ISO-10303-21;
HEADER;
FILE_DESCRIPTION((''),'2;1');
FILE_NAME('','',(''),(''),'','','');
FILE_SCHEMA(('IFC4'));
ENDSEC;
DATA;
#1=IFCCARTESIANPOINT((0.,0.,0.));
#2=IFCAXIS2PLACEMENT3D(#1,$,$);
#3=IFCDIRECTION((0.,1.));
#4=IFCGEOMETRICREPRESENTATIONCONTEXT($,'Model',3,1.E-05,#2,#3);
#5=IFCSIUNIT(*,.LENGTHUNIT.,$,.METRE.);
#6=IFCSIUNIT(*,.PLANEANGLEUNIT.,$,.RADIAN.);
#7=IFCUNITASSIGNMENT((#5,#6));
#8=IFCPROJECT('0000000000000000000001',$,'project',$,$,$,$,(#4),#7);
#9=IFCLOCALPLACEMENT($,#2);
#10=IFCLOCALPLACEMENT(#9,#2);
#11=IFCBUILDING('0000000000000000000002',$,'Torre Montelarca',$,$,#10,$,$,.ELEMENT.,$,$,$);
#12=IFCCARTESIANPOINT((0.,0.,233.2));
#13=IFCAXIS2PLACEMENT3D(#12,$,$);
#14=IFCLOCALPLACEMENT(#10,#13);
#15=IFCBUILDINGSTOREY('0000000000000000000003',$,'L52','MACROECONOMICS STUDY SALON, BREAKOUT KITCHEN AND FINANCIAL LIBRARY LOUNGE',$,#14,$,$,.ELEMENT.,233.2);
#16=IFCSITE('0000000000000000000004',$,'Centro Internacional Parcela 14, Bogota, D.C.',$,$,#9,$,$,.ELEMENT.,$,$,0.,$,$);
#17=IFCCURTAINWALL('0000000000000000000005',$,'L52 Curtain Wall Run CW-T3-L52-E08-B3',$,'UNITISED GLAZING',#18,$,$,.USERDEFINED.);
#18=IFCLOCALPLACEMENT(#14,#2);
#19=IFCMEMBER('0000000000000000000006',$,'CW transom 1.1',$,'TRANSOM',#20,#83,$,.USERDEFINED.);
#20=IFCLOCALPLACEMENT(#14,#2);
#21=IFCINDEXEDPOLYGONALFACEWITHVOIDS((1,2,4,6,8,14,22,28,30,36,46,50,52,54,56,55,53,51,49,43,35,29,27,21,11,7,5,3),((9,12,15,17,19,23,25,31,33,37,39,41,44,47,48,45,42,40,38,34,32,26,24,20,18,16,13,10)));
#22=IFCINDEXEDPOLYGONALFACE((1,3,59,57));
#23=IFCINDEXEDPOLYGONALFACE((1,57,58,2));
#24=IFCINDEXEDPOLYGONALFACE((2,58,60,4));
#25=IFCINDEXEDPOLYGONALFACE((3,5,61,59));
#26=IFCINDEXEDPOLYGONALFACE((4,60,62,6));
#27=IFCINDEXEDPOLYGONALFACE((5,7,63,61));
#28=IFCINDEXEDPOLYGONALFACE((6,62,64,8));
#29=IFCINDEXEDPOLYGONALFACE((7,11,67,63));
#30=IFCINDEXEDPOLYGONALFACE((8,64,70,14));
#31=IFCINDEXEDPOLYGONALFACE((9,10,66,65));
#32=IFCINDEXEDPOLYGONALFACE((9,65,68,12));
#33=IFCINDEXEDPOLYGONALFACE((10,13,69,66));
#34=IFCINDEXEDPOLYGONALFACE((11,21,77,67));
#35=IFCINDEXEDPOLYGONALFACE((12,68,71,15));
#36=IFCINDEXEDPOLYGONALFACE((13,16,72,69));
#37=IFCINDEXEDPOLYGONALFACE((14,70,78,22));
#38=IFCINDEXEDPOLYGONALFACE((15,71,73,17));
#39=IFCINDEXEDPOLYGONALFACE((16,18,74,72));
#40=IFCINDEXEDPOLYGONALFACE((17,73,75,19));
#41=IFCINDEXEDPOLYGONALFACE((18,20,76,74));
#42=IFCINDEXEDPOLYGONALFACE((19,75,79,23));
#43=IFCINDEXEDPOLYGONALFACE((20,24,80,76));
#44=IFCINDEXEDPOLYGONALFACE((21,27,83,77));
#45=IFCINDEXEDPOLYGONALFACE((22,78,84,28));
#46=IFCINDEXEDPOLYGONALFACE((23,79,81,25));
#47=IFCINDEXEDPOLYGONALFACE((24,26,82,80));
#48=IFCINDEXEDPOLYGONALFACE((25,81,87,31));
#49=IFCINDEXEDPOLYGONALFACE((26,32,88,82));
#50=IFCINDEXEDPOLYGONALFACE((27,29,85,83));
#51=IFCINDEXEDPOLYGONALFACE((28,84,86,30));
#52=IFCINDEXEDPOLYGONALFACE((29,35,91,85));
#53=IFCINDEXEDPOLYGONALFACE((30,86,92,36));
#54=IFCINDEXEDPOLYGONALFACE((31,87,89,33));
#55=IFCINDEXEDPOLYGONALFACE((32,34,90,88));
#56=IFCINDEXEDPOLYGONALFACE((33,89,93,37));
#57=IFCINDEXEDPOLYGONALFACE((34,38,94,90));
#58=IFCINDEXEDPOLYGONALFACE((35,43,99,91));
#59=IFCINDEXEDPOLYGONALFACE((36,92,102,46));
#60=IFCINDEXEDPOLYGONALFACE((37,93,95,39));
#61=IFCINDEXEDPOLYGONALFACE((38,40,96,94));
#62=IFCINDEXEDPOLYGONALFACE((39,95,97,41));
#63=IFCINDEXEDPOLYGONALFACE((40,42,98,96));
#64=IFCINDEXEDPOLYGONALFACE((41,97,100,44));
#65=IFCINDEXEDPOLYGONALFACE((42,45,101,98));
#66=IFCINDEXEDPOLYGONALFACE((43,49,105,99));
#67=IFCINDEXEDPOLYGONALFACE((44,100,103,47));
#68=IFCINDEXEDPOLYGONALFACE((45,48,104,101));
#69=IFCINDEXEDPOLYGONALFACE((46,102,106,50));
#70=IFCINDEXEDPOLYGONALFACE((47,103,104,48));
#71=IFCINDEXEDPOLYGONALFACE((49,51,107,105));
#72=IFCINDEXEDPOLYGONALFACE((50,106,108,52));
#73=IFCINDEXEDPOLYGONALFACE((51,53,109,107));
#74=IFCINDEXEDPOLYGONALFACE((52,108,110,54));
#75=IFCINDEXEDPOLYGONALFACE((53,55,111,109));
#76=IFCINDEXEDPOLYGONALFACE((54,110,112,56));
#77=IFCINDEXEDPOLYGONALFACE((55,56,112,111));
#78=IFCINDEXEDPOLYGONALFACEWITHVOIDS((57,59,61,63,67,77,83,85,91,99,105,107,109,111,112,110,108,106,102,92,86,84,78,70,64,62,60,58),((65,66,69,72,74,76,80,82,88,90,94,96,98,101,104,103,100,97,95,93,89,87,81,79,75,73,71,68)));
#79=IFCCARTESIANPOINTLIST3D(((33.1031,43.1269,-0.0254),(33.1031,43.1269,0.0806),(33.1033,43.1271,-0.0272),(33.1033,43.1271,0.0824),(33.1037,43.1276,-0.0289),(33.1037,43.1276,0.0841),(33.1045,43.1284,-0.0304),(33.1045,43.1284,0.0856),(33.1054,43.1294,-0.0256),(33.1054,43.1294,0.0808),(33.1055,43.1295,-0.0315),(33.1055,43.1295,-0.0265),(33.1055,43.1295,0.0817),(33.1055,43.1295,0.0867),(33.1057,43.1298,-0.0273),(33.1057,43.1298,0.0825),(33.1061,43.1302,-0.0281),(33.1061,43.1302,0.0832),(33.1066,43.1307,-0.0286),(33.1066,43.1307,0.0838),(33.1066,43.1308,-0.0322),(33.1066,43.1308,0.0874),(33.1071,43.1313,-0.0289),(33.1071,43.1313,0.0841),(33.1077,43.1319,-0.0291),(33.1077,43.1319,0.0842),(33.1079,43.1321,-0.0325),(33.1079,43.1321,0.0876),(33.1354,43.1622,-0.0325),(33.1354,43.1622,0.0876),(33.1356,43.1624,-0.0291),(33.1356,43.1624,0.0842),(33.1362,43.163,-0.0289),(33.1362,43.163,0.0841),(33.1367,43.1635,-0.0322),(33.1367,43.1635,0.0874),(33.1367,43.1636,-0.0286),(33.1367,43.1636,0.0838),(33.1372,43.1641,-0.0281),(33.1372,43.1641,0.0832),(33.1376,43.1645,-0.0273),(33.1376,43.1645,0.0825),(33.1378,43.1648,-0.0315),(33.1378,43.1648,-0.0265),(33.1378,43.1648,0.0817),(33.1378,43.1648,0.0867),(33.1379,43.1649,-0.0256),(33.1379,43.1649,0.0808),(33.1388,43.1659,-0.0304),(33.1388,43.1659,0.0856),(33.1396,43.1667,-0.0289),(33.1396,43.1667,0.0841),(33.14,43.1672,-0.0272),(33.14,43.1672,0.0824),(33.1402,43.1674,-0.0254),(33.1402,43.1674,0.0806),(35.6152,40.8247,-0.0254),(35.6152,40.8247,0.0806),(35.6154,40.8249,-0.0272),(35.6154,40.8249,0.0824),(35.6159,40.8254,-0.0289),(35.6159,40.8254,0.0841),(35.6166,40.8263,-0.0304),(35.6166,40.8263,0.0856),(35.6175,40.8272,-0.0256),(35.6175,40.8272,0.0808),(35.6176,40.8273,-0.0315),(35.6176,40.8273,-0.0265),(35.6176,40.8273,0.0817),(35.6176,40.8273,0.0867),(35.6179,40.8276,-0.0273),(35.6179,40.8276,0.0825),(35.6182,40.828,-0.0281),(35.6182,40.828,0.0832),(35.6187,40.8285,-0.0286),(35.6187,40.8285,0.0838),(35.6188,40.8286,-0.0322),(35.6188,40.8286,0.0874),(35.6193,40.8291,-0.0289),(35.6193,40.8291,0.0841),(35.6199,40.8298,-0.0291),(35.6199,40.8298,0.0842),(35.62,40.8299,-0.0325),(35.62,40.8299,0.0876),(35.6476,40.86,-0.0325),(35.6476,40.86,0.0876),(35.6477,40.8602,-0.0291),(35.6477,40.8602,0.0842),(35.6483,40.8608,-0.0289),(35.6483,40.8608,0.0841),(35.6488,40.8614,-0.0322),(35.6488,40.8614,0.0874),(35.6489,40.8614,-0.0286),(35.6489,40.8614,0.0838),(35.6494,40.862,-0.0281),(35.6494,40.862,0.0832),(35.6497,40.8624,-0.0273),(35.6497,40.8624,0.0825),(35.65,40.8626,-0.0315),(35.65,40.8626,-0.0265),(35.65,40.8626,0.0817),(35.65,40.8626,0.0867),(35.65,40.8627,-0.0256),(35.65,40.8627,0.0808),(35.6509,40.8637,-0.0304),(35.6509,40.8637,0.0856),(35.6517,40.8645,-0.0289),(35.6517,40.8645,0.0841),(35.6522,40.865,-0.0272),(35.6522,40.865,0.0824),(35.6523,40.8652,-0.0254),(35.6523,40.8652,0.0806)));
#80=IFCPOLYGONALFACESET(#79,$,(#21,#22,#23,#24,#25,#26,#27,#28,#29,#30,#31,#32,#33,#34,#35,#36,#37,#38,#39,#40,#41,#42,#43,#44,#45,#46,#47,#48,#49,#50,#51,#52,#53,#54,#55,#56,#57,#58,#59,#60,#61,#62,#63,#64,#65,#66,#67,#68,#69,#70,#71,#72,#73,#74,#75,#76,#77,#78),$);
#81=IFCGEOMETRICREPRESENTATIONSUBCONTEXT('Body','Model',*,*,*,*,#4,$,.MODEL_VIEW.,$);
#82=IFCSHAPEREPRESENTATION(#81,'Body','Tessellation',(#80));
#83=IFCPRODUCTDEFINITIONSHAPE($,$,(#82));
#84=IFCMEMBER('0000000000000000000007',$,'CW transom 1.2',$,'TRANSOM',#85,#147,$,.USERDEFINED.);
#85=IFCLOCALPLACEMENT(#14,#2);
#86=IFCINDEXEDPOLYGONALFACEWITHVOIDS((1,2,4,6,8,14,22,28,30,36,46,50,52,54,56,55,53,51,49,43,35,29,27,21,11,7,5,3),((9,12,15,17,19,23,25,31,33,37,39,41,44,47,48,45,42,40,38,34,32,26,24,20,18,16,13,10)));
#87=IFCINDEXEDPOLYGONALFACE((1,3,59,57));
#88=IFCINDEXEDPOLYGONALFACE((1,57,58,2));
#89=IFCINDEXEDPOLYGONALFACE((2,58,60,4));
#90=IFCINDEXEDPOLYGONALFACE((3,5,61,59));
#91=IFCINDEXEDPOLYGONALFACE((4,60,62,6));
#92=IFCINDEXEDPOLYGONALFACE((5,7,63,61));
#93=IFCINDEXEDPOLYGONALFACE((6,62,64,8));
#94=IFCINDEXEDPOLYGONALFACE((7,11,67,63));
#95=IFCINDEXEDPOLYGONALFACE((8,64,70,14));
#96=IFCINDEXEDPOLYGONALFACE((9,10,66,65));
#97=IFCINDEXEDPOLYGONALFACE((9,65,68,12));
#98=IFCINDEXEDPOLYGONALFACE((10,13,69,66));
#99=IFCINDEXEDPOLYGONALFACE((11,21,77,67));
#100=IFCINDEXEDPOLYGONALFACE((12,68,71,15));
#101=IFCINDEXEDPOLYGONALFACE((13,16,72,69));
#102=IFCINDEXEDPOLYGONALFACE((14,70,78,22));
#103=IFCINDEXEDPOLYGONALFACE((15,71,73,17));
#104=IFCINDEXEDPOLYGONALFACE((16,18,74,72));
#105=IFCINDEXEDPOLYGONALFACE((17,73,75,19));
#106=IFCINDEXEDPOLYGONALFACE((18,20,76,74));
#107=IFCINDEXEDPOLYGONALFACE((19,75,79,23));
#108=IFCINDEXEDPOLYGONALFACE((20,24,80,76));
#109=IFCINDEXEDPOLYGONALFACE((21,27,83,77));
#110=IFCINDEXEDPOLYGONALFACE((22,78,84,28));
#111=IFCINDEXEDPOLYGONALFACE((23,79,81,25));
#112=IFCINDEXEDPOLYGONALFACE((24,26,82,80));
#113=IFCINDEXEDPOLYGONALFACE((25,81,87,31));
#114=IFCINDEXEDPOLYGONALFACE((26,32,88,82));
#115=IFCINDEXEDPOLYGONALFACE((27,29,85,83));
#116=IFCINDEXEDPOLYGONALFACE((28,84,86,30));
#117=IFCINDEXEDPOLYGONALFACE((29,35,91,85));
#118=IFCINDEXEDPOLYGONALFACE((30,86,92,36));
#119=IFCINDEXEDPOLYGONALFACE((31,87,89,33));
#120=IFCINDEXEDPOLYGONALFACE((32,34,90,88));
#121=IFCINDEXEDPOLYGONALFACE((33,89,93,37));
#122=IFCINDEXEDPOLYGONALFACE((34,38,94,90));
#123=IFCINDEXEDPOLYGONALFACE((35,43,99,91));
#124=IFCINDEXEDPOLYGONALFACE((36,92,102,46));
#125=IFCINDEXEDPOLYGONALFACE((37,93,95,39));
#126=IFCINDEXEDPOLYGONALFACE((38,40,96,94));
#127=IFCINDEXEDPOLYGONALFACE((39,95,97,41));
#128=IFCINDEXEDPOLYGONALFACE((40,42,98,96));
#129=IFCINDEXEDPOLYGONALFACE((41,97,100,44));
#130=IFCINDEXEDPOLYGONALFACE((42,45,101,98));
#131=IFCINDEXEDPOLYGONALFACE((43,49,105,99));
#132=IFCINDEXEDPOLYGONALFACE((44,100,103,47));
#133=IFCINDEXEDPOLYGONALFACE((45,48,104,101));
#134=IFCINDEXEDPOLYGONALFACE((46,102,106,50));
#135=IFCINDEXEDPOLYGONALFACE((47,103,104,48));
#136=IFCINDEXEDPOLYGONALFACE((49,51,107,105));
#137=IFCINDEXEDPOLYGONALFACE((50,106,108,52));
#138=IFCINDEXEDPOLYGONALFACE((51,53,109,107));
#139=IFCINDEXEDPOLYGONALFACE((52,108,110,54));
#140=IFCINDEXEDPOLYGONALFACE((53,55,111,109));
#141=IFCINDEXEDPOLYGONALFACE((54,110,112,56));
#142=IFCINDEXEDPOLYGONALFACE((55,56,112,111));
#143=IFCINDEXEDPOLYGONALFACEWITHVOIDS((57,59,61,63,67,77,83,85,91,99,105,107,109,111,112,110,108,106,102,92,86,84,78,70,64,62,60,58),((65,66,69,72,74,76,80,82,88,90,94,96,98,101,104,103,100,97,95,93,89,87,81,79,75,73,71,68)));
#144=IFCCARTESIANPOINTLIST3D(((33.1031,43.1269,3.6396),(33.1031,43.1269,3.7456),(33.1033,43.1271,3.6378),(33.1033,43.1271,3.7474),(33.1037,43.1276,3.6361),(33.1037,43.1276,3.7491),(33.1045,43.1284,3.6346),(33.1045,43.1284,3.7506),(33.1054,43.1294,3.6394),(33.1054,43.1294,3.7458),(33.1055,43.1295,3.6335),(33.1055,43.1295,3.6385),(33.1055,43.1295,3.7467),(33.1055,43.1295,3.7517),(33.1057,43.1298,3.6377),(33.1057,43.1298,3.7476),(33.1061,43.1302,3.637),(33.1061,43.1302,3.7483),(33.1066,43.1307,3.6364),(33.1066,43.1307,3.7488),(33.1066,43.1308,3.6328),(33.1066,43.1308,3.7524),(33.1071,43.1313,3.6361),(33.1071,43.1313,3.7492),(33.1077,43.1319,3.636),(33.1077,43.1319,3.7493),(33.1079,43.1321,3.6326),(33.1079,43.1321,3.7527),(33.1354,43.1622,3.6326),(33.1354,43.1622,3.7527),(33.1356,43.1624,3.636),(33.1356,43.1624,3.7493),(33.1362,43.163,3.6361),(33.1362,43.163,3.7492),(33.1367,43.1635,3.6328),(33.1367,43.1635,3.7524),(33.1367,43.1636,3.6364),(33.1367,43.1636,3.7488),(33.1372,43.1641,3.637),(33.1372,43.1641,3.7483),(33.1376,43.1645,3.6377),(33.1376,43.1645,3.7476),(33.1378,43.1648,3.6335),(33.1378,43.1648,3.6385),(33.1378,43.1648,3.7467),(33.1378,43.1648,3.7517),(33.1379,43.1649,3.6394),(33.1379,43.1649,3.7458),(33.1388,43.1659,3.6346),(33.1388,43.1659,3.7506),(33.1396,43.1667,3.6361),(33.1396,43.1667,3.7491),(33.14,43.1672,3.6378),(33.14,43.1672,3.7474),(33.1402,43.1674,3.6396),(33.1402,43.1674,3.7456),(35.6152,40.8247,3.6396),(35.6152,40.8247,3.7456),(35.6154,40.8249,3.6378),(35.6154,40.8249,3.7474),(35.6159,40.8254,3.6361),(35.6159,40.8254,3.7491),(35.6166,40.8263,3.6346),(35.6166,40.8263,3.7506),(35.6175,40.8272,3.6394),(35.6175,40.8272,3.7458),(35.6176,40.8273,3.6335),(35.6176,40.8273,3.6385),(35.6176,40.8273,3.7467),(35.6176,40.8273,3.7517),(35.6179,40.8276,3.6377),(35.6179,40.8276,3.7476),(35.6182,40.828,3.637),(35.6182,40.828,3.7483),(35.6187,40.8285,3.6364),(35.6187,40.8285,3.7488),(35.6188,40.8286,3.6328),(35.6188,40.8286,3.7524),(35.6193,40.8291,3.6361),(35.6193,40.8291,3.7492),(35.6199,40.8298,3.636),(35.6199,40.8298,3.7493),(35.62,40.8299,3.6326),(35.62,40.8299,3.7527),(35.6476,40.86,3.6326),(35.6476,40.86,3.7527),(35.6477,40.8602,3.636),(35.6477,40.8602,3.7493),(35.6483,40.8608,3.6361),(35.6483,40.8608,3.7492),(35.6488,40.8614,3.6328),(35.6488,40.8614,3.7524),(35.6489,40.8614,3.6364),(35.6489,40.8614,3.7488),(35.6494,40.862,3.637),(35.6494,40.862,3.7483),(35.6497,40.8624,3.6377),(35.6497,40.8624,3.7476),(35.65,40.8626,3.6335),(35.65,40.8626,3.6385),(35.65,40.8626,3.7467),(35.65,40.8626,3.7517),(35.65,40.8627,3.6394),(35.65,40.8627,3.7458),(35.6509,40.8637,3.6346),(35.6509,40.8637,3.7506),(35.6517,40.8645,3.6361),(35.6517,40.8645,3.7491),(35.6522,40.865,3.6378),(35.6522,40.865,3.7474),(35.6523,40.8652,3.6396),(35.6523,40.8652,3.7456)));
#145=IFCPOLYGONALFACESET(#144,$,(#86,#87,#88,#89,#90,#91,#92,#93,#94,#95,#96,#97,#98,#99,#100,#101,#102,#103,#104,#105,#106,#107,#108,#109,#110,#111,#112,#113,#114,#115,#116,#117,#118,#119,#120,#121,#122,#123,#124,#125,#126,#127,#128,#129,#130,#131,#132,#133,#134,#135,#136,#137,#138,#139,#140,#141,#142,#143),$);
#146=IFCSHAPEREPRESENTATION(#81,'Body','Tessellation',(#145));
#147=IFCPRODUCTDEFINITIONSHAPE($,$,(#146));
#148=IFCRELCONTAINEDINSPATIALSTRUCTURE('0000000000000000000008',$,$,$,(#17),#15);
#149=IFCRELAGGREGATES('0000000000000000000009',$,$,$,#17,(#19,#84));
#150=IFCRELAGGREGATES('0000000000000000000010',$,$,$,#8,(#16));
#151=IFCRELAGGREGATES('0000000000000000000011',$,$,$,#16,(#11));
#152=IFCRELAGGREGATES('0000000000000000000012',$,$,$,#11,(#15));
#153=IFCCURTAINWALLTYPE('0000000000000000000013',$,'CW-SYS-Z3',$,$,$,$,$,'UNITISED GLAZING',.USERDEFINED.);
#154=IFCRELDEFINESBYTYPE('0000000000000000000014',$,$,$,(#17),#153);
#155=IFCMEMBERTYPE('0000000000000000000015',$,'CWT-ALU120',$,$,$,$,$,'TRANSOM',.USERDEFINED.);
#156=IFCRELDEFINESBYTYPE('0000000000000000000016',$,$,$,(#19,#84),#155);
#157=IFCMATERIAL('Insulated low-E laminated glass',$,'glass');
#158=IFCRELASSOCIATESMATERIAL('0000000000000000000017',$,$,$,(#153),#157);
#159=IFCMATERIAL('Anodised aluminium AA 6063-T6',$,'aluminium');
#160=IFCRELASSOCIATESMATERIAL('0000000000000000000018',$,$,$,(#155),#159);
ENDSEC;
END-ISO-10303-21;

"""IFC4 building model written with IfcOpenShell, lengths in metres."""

from ifc_helpers import new_model, si_unit, direction, frame, origin, origin_2d, place, context, subcontext, project, spatial, hollow_rectangle, extrude, source, transform, mapped, material, material_profile, profile_set, type_object, element, aggregate, save


model = new_model("IFC4")

# Units and contexts
model_context = context("Model", 3, precision=1e-05, world=origin(), true_north=direction((0.0, 1.0)))
body_context = subcontext(model_context, "Body", "Model", "MODEL_VIEW")
ifc_project = project(units=[si_unit("LENGTHUNIT", "METRE"), si_unit("PLANEANGLEUNIT", "RADIAN")], contexts=[model_context])

# Site, building, storey
site_placement = place(None, origin())
site = spatial("IfcSite", under=ifc_project, at=site_placement, Name="Centro Internacional Parcela 14, Bogota, D.C.", CompositionType="ELEMENT", RefElevation=0.0)
building_placement = place(site_placement, origin())
building = spatial("IfcBuilding", under=site, at=building_placement, Name="Torre Montelarca", CompositionType="ELEMENT")
storey_placement = place(building_placement, frame((0.0, 0.0, 233.2)))
storey = spatial("IfcBuildingStorey", under=building, at=storey_placement, Name="L52", Description="MACROECONOMICS STUDY SALON, BREAKOUT KITCHEN AND FINANCIAL LIBRARY LOUNGE", CompositionType="ELEMENT", Elevation=233.2)

# Curtain wall, members
ifc_material_1 = material(Name="Insulated low-E laminated glass", Category="glass")
curtain_wall_type = type_object("IfcCurtainWallType", Name="CW-SYS-Z3", ElementType="UNITISED GLAZING", PredefinedType="USERDEFINED", material=ifc_material_1)
ifc_material_2 = material(Name="Anodised aluminium AA 6063-T6", Category="aluminium")
ifc_material_profile_1 = material_profile(ifc_material_2, hollow_rectangle(XDim=0.0549, YDim=0.1201, WallThickness=0.0034, InnerFilletRadius=0.0034, OuterFilletRadius=0.0071, at=origin_2d()), Name="ALU55X120X3.5", Category="aluminium")
ifc_profile_set_1 = profile_set([ifc_material_profile_1], Name="Anodised aluminium AA 6063-T6")
member_type_1 = type_object("IfcMemberType", Name="CWT-ALU120", ElementType="TRANSOM", PredefinedType="USERDEFINED", material=ifc_profile_set_1)
shared_shape_1 = source(origin(), body_context, "Body", "SweptSolid", [
    extrude(hollow_rectangle(XDim=0.0549, YDim=0.1201, WallThickness=0.0034, InnerFilletRadius=0.0034, OuterFilletRadius=0.0071, at=origin_2d()), origin(), (0.0, 0.0, 1.0), 3.4075),
])
curtain_wall_1_placement = place(storey_placement, origin())
curtain_wall_1 = element("IfcCurtainWall", 1, at=curtain_wall_1_placement, inside=storey, type_object=curtain_wall_type, Name="L52 Curtain Wall Run CW-T3-L52-E08-B3", ObjectType="UNITISED GLAZING", PredefinedType="USERDEFINED")
member_1_placement = place(storey_placement, frame((35.6338, 40.845, 0.0276), z_axis=(-0.737243, 0.675627, 0.0), x_axis=(-0.675627, -0.737243, 0.0)))
member_1 = element("IfcMember", 2, at=member_1_placement, type_object=member_type_1, Name="CW transom 1.1", ObjectType="TRANSOM", PredefinedType="USERDEFINED", context=body_context, shape_type="MappedRepresentation", body=[
    mapped(shared_shape_1, transform((0.0, 0.0, 0.0), scale=1.0)),
])
member_2_placement = place(storey_placement, frame((35.6338, 40.845, 3.6926), z_axis=(-0.737243, 0.675627, 0.0), x_axis=(-0.675627, -0.737243, 0.0)))
member_2 = element("IfcMember", 3, at=member_2_placement, type_object=member_type_1, Name="CW transom 1.2", ObjectType="TRANSOM", PredefinedType="USERDEFINED", context=body_context, shape_type="MappedRepresentation", body=[
    mapped(shared_shape_1, transform((0.0, 0.0, 0.0), scale=1.0)),
])

aggregate(curtain_wall_1, [member_1, member_2])

save(model, "model.ifc")
